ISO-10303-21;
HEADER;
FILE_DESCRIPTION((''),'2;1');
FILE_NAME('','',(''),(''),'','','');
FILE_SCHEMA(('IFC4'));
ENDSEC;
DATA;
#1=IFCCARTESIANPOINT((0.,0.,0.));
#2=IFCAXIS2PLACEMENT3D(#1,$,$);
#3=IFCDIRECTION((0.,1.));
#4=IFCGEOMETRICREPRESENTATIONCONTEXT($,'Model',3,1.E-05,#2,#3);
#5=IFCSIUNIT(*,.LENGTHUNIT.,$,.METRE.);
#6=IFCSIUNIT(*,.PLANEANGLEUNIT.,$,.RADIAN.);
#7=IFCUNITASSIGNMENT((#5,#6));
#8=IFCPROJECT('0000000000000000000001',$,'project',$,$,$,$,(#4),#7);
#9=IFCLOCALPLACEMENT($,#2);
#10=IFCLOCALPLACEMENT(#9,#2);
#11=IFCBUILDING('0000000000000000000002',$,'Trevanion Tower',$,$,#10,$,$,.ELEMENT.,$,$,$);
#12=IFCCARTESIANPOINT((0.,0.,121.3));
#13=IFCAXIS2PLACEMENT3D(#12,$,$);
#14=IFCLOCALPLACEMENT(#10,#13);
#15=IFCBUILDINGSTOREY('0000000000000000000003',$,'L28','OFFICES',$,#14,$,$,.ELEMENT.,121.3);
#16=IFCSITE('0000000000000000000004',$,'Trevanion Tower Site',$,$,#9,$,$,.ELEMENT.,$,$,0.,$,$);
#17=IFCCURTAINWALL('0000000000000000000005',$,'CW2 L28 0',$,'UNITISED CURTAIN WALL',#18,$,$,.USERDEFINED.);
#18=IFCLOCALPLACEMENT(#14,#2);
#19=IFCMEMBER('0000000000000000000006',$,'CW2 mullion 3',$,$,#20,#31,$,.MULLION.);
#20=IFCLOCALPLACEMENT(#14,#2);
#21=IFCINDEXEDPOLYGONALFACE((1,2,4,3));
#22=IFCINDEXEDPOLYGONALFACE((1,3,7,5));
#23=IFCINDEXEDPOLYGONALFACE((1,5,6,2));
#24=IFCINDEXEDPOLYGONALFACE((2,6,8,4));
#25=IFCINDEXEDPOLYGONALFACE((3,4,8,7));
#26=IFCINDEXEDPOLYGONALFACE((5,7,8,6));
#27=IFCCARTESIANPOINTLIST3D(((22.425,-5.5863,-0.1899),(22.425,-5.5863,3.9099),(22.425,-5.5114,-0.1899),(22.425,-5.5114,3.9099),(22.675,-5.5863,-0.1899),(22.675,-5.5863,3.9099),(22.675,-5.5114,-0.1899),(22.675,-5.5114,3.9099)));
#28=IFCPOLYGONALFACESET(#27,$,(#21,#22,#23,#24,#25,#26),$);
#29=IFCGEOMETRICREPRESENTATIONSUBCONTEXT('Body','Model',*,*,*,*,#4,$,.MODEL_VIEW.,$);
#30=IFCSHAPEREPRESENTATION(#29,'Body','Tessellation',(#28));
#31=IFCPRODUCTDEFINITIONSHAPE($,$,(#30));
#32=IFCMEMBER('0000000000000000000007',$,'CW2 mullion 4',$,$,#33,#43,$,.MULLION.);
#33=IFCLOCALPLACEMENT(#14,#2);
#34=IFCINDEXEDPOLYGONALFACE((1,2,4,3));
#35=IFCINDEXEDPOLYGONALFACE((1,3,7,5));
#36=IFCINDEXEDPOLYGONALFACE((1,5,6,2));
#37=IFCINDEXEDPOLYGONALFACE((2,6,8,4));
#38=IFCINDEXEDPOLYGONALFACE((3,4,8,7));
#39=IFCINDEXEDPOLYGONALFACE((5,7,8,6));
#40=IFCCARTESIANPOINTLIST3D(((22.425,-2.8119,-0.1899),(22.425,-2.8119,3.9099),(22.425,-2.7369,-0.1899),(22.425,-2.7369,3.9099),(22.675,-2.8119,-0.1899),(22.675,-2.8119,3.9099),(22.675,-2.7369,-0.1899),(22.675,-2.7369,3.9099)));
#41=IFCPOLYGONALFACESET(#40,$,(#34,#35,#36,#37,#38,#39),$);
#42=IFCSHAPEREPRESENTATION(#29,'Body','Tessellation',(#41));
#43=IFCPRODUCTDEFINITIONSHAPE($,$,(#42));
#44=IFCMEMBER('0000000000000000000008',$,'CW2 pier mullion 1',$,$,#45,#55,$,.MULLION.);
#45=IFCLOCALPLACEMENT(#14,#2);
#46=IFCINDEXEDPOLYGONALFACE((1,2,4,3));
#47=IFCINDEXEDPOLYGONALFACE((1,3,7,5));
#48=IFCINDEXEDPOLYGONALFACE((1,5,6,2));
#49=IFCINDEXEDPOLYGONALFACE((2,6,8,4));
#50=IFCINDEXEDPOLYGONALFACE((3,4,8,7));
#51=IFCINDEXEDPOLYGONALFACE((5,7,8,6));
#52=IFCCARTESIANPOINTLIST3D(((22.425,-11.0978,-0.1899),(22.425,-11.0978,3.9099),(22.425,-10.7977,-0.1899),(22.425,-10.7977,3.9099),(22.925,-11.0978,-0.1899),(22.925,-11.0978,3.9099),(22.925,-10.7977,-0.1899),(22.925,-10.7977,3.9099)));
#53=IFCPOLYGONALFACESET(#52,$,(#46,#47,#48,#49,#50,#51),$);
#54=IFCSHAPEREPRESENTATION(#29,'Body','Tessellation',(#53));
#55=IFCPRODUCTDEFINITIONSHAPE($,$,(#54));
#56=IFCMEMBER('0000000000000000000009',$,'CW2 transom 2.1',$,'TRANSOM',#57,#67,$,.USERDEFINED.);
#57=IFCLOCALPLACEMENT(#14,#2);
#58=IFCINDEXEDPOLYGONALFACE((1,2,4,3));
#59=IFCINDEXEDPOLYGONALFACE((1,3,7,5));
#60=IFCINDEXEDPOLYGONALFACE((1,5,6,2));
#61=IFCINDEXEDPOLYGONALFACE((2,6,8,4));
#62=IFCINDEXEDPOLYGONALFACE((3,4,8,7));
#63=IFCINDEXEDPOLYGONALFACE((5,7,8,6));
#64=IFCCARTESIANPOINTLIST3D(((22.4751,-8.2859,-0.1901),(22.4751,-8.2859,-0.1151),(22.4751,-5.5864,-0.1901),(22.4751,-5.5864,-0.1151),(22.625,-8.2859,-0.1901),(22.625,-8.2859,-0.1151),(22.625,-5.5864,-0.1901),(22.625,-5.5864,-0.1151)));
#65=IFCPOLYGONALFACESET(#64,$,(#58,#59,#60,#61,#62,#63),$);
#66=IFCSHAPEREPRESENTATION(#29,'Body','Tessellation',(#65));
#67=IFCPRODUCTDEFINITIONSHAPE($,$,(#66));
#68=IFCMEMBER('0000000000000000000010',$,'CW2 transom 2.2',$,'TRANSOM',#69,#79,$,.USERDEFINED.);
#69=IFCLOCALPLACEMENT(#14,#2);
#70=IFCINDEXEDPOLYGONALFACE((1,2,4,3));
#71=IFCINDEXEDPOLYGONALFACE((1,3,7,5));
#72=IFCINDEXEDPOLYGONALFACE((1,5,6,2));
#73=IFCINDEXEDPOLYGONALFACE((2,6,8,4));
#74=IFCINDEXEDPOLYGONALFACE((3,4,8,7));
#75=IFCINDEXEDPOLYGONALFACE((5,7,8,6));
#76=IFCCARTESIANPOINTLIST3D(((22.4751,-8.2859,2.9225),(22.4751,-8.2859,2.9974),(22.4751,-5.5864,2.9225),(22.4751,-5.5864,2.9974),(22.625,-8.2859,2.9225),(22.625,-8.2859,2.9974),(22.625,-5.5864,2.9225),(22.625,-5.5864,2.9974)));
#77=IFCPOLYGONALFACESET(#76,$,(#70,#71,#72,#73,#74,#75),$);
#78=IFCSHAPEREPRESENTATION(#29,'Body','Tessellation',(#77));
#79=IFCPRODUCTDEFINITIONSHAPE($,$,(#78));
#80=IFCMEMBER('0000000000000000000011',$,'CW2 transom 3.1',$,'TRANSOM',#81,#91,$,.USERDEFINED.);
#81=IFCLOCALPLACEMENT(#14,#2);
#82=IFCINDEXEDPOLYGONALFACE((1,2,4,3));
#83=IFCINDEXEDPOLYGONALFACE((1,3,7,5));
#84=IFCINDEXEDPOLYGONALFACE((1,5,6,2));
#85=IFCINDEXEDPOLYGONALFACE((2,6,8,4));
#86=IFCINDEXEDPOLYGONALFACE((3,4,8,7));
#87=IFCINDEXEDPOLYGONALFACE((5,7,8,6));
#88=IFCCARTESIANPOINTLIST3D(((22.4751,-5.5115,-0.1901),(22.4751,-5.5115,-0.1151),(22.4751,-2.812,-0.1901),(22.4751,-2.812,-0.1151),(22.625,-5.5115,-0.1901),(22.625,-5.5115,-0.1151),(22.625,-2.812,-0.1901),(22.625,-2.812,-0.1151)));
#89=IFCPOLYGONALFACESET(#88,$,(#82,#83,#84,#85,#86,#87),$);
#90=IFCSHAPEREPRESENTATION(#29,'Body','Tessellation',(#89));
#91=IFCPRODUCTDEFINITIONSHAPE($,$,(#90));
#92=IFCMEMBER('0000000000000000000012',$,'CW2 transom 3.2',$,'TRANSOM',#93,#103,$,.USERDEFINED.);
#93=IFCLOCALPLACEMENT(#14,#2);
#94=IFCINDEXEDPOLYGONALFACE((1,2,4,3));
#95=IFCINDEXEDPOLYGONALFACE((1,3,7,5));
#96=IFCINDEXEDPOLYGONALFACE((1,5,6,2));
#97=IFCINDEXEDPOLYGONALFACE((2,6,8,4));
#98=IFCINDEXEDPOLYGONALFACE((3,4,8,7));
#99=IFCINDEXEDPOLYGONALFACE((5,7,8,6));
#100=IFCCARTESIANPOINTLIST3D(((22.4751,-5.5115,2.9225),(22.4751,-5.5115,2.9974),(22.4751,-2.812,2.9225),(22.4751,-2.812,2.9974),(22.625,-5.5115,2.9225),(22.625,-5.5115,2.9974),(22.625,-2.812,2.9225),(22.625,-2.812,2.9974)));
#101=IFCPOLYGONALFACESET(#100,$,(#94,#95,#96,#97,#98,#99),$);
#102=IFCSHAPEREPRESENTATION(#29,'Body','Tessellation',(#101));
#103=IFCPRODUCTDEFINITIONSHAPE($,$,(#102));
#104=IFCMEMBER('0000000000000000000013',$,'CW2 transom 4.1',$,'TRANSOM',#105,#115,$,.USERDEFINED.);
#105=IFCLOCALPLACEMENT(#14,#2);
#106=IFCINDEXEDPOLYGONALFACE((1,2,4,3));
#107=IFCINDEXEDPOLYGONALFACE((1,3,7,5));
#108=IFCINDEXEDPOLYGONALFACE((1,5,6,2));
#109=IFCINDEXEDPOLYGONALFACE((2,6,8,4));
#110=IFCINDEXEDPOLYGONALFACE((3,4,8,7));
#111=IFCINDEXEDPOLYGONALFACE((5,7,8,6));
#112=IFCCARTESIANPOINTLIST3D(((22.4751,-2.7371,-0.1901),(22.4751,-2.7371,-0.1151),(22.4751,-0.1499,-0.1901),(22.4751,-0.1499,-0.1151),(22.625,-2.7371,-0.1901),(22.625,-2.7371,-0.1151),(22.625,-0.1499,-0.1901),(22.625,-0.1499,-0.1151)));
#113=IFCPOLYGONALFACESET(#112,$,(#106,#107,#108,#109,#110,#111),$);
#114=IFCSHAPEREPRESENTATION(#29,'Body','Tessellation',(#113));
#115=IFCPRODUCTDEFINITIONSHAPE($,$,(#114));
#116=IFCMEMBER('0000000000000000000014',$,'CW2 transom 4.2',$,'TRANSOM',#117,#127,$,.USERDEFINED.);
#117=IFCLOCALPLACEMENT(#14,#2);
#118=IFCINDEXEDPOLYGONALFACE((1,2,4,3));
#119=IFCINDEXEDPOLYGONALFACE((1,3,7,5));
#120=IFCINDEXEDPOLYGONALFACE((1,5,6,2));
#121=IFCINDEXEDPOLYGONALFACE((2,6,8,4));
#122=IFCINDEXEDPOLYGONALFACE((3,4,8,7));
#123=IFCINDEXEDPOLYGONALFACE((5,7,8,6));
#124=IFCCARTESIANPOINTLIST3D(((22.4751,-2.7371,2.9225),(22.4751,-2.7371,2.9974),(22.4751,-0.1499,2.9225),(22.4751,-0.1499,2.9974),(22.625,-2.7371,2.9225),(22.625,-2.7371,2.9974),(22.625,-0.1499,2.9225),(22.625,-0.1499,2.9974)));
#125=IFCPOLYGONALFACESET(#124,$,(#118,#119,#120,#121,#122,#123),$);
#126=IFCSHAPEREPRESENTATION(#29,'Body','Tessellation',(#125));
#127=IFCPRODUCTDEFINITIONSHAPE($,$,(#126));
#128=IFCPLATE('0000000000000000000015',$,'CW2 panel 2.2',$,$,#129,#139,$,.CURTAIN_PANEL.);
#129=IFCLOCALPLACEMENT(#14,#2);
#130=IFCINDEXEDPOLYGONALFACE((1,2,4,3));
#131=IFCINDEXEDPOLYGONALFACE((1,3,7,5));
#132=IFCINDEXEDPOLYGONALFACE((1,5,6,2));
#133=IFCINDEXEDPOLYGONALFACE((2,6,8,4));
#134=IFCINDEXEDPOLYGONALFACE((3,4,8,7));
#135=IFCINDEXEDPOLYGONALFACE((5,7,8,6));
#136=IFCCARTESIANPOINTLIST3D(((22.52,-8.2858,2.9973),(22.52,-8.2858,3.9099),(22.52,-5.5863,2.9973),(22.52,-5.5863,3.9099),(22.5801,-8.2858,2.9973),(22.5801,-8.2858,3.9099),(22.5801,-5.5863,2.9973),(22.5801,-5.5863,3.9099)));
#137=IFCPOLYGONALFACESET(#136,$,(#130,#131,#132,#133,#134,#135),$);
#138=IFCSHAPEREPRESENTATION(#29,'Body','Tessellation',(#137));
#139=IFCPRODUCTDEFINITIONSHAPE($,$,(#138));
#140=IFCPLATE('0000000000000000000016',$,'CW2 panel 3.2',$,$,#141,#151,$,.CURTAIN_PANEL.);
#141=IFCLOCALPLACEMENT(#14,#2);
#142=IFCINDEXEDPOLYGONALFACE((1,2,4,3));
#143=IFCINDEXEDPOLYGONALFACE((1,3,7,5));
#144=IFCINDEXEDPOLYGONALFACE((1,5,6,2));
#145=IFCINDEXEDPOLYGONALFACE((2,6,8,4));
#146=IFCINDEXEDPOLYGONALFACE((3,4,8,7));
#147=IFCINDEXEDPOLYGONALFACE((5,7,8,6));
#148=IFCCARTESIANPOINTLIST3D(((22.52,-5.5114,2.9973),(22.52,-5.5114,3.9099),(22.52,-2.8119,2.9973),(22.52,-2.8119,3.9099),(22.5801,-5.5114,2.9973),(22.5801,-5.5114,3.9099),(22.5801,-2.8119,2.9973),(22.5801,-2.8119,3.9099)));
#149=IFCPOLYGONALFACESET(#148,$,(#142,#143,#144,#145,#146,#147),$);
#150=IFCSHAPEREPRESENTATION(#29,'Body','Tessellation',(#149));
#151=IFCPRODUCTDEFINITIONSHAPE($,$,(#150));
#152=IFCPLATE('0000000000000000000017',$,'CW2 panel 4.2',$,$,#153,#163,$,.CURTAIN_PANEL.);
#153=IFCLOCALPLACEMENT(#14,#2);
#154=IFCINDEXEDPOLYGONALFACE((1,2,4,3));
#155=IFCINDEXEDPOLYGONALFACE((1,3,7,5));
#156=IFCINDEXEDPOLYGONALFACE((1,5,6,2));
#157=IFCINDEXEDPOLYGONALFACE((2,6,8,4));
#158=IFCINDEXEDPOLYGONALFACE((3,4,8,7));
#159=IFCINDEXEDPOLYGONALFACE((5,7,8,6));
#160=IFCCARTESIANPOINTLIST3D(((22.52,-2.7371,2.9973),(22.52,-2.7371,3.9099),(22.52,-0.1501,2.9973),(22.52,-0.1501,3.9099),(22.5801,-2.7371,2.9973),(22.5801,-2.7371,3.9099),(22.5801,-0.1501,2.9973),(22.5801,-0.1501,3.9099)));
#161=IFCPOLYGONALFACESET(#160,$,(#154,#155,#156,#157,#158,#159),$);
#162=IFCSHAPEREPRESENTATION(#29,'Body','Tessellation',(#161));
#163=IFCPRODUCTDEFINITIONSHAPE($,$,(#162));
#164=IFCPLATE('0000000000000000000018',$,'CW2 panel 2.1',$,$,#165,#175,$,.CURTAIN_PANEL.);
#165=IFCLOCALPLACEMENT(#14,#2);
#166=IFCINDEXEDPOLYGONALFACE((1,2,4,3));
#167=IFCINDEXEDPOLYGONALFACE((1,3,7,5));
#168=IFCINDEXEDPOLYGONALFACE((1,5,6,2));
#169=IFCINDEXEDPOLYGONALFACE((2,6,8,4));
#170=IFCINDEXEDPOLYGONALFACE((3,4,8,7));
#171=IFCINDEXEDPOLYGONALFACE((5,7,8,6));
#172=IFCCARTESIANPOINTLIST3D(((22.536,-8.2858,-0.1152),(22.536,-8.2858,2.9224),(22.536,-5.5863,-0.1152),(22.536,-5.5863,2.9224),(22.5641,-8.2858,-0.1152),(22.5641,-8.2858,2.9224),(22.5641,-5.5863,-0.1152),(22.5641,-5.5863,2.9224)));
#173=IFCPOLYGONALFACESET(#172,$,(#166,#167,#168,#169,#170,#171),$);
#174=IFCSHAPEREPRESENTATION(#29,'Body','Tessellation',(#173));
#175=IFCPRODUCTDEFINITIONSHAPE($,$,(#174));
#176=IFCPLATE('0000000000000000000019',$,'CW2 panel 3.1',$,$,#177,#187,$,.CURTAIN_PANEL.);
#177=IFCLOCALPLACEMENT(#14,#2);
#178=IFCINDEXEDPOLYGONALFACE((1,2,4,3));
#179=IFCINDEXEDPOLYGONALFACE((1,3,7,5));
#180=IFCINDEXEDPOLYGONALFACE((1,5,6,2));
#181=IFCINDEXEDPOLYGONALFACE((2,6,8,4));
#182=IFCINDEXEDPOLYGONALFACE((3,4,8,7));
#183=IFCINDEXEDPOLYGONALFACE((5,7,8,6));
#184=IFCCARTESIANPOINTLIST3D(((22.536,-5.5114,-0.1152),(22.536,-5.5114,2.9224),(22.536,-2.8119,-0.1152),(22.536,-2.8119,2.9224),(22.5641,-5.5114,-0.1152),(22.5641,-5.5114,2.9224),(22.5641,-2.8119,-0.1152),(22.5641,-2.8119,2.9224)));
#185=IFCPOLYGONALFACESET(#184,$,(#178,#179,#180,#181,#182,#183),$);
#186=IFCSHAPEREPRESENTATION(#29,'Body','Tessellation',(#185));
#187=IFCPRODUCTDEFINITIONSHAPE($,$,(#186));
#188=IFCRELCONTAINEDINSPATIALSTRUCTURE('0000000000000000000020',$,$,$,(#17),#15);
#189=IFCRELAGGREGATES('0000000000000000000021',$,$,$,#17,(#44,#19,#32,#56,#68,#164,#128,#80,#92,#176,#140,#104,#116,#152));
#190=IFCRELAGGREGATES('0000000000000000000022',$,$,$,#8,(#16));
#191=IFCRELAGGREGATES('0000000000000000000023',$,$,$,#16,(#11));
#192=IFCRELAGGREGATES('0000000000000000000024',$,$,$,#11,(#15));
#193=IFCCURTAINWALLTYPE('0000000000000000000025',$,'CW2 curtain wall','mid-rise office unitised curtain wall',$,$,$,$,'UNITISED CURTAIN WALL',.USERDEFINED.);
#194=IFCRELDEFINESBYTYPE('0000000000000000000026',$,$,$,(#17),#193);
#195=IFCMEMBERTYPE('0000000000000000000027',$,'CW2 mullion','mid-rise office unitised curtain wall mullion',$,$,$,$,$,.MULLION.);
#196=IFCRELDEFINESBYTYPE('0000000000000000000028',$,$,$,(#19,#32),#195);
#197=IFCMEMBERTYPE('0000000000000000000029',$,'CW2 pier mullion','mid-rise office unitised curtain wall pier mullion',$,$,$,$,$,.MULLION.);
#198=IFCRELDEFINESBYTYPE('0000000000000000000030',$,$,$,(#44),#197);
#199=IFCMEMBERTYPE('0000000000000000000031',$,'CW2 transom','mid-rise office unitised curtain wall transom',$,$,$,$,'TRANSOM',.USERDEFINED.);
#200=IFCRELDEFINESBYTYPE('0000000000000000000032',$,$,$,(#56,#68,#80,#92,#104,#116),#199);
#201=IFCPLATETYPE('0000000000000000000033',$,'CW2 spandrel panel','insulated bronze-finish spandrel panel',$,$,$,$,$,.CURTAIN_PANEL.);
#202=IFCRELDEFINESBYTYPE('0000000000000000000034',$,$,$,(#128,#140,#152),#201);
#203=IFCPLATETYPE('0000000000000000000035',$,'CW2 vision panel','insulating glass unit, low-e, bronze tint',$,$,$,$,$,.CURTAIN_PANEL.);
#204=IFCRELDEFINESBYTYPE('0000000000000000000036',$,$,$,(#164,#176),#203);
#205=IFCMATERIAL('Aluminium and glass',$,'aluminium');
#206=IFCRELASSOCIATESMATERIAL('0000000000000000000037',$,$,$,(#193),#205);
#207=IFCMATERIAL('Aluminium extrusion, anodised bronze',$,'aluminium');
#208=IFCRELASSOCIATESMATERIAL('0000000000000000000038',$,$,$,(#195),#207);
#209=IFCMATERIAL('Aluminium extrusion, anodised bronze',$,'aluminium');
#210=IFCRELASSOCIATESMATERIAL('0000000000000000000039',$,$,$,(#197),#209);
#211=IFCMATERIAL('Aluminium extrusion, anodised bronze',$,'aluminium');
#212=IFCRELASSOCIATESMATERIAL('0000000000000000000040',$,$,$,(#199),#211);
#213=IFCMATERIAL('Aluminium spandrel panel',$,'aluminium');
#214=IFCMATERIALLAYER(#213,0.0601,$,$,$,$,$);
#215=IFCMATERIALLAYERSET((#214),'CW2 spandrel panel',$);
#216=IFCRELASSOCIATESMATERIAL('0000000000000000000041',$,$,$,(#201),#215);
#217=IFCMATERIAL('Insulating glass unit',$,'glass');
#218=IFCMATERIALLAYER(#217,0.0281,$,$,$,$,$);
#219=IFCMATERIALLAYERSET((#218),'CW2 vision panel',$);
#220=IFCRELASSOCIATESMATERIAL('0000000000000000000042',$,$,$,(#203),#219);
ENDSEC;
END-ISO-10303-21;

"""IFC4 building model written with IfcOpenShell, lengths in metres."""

from ifc_helpers import new_model, si_unit, direction, frame, origin, origin_2d, place, context, subcontext, project, spatial, rectangle, extrude, material, layer, layer_set, material_profile, profile_set, type_object, element, aggregate, save


model = new_model("IFC4")

# Units and contexts
model_context = context("Model", 3, precision=1e-05, world=origin(), true_north=direction((0.0, 1.0)))
body_context = subcontext(model_context, "Body", "Model", "MODEL_VIEW")
ifc_project = project(units=[si_unit("LENGTHUNIT", "METRE"), si_unit("PLANEANGLEUNIT", "RADIAN")], contexts=[model_context])

# Site, building, storey
site_placement = place(None, origin())
site = spatial("IfcSite", under=ifc_project, at=site_placement, Name="Trevanion Tower Site", CompositionType="ELEMENT", RefElevation=0.0)
building_placement = place(site_placement, origin())
building = spatial("IfcBuilding", under=site, at=building_placement, Name="Trevanion Tower", CompositionType="ELEMENT")
storey_placement = place(building_placement, frame((0.0, 0.0, 121.3)))
storey = spatial("IfcBuildingStorey", under=building, at=storey_placement, Name="L28", Description="OFFICES", CompositionType="ELEMENT", Elevation=121.3)

# Curtain wall, members, plates
ifc_material_1 = material(Name="Aluminium and glass", Category="aluminium")
curtain_wall_type = type_object("IfcCurtainWallType", Name="CW2 curtain wall", Description="mid-rise office unitised curtain wall", ElementType="UNITISED CURTAIN WALL", PredefinedType="USERDEFINED", material=ifc_material_1)
curtain_wall_placement = place(storey_placement, origin())
curtain_wall = element("IfcCurtainWall", 1, at=curtain_wall_placement, inside=storey, type_object=curtain_wall_type, Name="CW2 L28 0", ObjectType="UNITISED CURTAIN WALL", PredefinedType="USERDEFINED")
ifc_material_2 = material(Name="Aluminium extrusion, anodised bronze", Category="aluminium")
ifc_material_profile_1 = material_profile(ifc_material_2, rectangle(XDim=0.075, YDim=0.25, at=origin_2d()), Name="CW2 mullion")
ifc_profile_set_1 = profile_set([ifc_material_profile_1], Name="Aluminium extrusion, anodised bronze")
member_type_1 = type_object("IfcMemberType", Name="CW2 mullion", Description="mid-rise office unitised curtain wall mullion", PredefinedType="MULLION", material=ifc_profile_set_1)
member_1_placement = place(storey_placement, frame((22.55, -5.5488, -0.1899), z_axis=(0.0, 0.0, 1.0), x_axis=(0.0, 1.0, 0.0)))
member_1 = element("IfcMember", 2, at=member_1_placement, type_object=member_type_1, Name="CW2 mullion 3", PredefinedType="MULLION", context=body_context, shape_type="SweptSolid", body=[
    extrude(rectangle(XDim=0.075, YDim=0.25, at=origin_2d()), origin(), (0.0, 0.0, 1.0), 4.0999),
])
member_2_placement = place(storey_placement, frame((22.55, -2.7744, -0.1899), z_axis=(0.0, 0.0, 1.0), x_axis=(0.0, 1.0, 0.0)))
member_2 = element("IfcMember", 3, at=member_2_placement, type_object=member_type_1, Name="CW2 mullion 4", PredefinedType="MULLION", context=body_context, shape_type="SweptSolid", body=[
    extrude(rectangle(XDim=0.075, YDim=0.25, at=origin_2d()), origin(), (0.0, 0.0, 1.0), 4.0999),
])
ifc_material_3 = material(Name="Aluminium extrusion, anodised bronze", Category="aluminium")
ifc_material_profile_2 = material_profile(ifc_material_3, rectangle(XDim=0.3, YDim=0.5, at=origin_2d()), Name="CW2 pier mullion")
ifc_profile_set_2 = profile_set([ifc_material_profile_2], Name="Aluminium extrusion, anodised bronze")
member_type_2 = type_object("IfcMemberType", Name="CW2 pier mullion", Description="mid-rise office unitised curtain wall pier mullion", PredefinedType="MULLION", material=ifc_profile_set_2)
member_3_placement = place(storey_placement, frame((22.675, -10.9478, -0.1899), z_axis=(0.0, 0.0, 1.0), x_axis=(0.0, 1.0, 0.0)))
member_3 = element("IfcMember", 4, at=member_3_placement, type_object=member_type_2, Name="CW2 pier mullion 1", PredefinedType="MULLION", context=body_context, shape_type="SweptSolid", body=[
    extrude(rectangle(XDim=0.3, YDim=0.5, at=origin_2d()), origin(), (0.0, 0.0, 1.0), 4.0999),
])
ifc_material_4 = material(Name="Aluminium extrusion, anodised bronze", Category="aluminium")
ifc_material_profile_3 = material_profile(ifc_material_4, rectangle(XDim=0.1499, YDim=0.075, at=origin_2d()), Name="CW2 transom")
ifc_profile_set_3 = profile_set([ifc_material_profile_3], Name="Aluminium extrusion, anodised bronze")
member_type_3 = type_object("IfcMemberType", Name="CW2 transom", Description="mid-rise office unitised curtain wall transom", ElementType="TRANSOM", PredefinedType="USERDEFINED", material=ifc_profile_set_3)
member_4_placement = place(storey_placement, frame((22.55, -8.2859, -0.1526), z_axis=(0.0, 1.0, 0.0), x_axis=(-1.0, 0.0, 0.0)))
member_4 = element("IfcMember", 5, at=member_4_placement, type_object=member_type_3, Name="CW2 transom 2.1", ObjectType="TRANSOM", PredefinedType="USERDEFINED", context=body_context, shape_type="SweptSolid", body=[
    extrude(rectangle(XDim=0.1499, YDim=0.075, at=origin_2d()), origin(), (0.0, 0.0, 1.0), 2.6995),
])
member_5_placement = place(storey_placement, frame((22.55, -8.2859, 2.96), z_axis=(0.0, 1.0, 0.0), x_axis=(-1.0, 0.0, 0.0)))
member_5 = element("IfcMember", 6, at=member_5_placement, type_object=member_type_3, Name="CW2 transom 2.2", ObjectType="TRANSOM", PredefinedType="USERDEFINED", context=body_context, shape_type="SweptSolid", body=[
    extrude(rectangle(XDim=0.1499, YDim=0.075, at=origin_2d()), origin(), (0.0, 0.0, 1.0), 2.6995),
])
member_6_placement = place(storey_placement, frame((22.55, -5.5115, -0.1526), z_axis=(0.0, 1.0, 0.0), x_axis=(-1.0, 0.0, 0.0)))
member_6 = element("IfcMember", 7, at=member_6_placement, type_object=member_type_3, Name="CW2 transom 3.1", ObjectType="TRANSOM", PredefinedType="USERDEFINED", context=body_context, shape_type="SweptSolid", body=[
    extrude(rectangle(XDim=0.1499, YDim=0.075, at=origin_2d()), origin(), (0.0, 0.0, 1.0), 2.6995),
])
member_7_placement = place(storey_placement, frame((22.55, -5.5115, 2.96), z_axis=(0.0, 1.0, 0.0), x_axis=(-1.0, 0.0, 0.0)))
member_7 = element("IfcMember", 8, at=member_7_placement, type_object=member_type_3, Name="CW2 transom 3.2", ObjectType="TRANSOM", PredefinedType="USERDEFINED", context=body_context, shape_type="SweptSolid", body=[
    extrude(rectangle(XDim=0.1499, YDim=0.075, at=origin_2d()), origin(), (0.0, 0.0, 1.0), 2.6995),
])
member_8_placement = place(storey_placement, frame((22.55, -2.7371, -0.1526), z_axis=(0.0, 1.0, 0.0), x_axis=(-1.0, 0.0, 0.0)))
member_8 = element("IfcMember", 9, at=member_8_placement, type_object=member_type_3, Name="CW2 transom 4.1", ObjectType="TRANSOM", PredefinedType="USERDEFINED", context=body_context, shape_type="SweptSolid", body=[
    extrude(rectangle(XDim=0.1499, YDim=0.075, at=origin_2d()), origin(), (0.0, 0.0, 1.0), 2.5872),
])
member_9_placement = place(storey_placement, frame((22.55, -2.7371, 2.96), z_axis=(0.0, 1.0, 0.0), x_axis=(-1.0, 0.0, 0.0)))
member_9 = element("IfcMember", 10, at=member_9_placement, type_object=member_type_3, Name="CW2 transom 4.2", ObjectType="TRANSOM", PredefinedType="USERDEFINED", context=body_context, shape_type="SweptSolid", body=[
    extrude(rectangle(XDim=0.1499, YDim=0.075, at=origin_2d()), origin(), (0.0, 0.0, 1.0), 2.5872),
])
ifc_material_5 = material(Name="Aluminium spandrel panel", Category="aluminium")
ifc_layer_1 = layer(ifc_material_5, 0.0601)
ifc_layer_set_1 = layer_set([ifc_layer_1], Name="CW2 spandrel panel")
plate_type_1 = type_object("IfcPlateType", Name="CW2 spandrel panel", Description="insulated bronze-finish spandrel panel", PredefinedType="CURTAIN_PANEL", material=ifc_layer_set_1)
plate_1_placement = place(storey_placement, frame((22.55, -6.936, 2.9973), z_axis=(0.0, 0.0, 1.0), x_axis=(0.0, 1.0, 0.0)))
plate_1 = element("IfcPlate", 11, at=plate_1_placement, type_object=plate_type_1, Name="CW2 panel 2.2", PredefinedType="CURTAIN_PANEL", context=body_context, shape_type="SweptSolid", body=[
    extrude(rectangle(XDim=2.6995, YDim=0.0601, at=origin_2d()), origin(), (0.0, 0.0, 1.0), 0.9126),
])
plate_2_placement = place(storey_placement, frame((22.55, -4.1616, 2.9973), z_axis=(0.0, 0.0, 1.0), x_axis=(0.0, 1.0, 0.0)))
plate_2 = element("IfcPlate", 12, at=plate_2_placement, type_object=plate_type_1, Name="CW2 panel 3.2", PredefinedType="CURTAIN_PANEL", context=body_context, shape_type="SweptSolid", body=[
    extrude(rectangle(XDim=2.6995, YDim=0.0601, at=origin_2d()), origin(), (0.0, 0.0, 1.0), 0.9126),
])
plate_3_placement = place(storey_placement, frame((22.55, -1.4436, 2.9973), z_axis=(0.0, 0.0, 1.0), x_axis=(0.0, 1.0, 0.0)))
plate_3 = element("IfcPlate", 13, at=plate_3_placement, type_object=plate_type_1, Name="CW2 panel 4.2", PredefinedType="CURTAIN_PANEL", context=body_context, shape_type="SweptSolid", body=[
    extrude(rectangle(XDim=2.5869, YDim=0.0601, at=origin_2d()), origin(), (0.0, 0.0, 1.0), 0.9126),
])
ifc_material_6 = material(Name="Insulating glass unit", Category="glass")
ifc_layer_2 = layer(ifc_material_6, 0.0281)
ifc_layer_set_2 = layer_set([ifc_layer_2], Name="CW2 vision panel")
plate_type_2 = type_object("IfcPlateType", Name="CW2 vision panel", Description="insulating glass unit, low-e, bronze tint", PredefinedType="CURTAIN_PANEL", material=ifc_layer_set_2)
plate_4_placement = place(storey_placement, frame((22.55, -6.936, -0.1152), z_axis=(0.0, 0.0, 1.0), x_axis=(0.0, 1.0, 0.0)))
plate_4 = element("IfcPlate", 14, at=plate_4_placement, type_object=plate_type_2, Name="CW2 panel 2.1", PredefinedType="CURTAIN_PANEL", context=body_context, shape_type="SweptSolid", body=[
    extrude(rectangle(XDim=2.6995, YDim=0.0281, at=origin_2d()), origin(), (0.0, 0.0, 1.0), 3.0376),
])
plate_5_placement = place(storey_placement, frame((22.55, -4.1616, -0.1152), z_axis=(0.0, 0.0, 1.0), x_axis=(0.0, 1.0, 0.0)))
plate_5 = element("IfcPlate", 15, at=plate_5_placement, type_object=plate_type_2, Name="CW2 panel 3.1", PredefinedType="CURTAIN_PANEL", context=body_context, shape_type="SweptSolid", body=[
    extrude(rectangle(XDim=2.6995, YDim=0.0281, at=origin_2d()), origin(), (0.0, 0.0, 1.0), 3.0376),
])
aggregate(curtain_wall, [member_3, member_1, member_2, member_4, member_5, plate_4, plate_1, member_6, member_7, plate_5, plate_2, member_8, member_9, plate_3])

save(model, "model.ifc")
